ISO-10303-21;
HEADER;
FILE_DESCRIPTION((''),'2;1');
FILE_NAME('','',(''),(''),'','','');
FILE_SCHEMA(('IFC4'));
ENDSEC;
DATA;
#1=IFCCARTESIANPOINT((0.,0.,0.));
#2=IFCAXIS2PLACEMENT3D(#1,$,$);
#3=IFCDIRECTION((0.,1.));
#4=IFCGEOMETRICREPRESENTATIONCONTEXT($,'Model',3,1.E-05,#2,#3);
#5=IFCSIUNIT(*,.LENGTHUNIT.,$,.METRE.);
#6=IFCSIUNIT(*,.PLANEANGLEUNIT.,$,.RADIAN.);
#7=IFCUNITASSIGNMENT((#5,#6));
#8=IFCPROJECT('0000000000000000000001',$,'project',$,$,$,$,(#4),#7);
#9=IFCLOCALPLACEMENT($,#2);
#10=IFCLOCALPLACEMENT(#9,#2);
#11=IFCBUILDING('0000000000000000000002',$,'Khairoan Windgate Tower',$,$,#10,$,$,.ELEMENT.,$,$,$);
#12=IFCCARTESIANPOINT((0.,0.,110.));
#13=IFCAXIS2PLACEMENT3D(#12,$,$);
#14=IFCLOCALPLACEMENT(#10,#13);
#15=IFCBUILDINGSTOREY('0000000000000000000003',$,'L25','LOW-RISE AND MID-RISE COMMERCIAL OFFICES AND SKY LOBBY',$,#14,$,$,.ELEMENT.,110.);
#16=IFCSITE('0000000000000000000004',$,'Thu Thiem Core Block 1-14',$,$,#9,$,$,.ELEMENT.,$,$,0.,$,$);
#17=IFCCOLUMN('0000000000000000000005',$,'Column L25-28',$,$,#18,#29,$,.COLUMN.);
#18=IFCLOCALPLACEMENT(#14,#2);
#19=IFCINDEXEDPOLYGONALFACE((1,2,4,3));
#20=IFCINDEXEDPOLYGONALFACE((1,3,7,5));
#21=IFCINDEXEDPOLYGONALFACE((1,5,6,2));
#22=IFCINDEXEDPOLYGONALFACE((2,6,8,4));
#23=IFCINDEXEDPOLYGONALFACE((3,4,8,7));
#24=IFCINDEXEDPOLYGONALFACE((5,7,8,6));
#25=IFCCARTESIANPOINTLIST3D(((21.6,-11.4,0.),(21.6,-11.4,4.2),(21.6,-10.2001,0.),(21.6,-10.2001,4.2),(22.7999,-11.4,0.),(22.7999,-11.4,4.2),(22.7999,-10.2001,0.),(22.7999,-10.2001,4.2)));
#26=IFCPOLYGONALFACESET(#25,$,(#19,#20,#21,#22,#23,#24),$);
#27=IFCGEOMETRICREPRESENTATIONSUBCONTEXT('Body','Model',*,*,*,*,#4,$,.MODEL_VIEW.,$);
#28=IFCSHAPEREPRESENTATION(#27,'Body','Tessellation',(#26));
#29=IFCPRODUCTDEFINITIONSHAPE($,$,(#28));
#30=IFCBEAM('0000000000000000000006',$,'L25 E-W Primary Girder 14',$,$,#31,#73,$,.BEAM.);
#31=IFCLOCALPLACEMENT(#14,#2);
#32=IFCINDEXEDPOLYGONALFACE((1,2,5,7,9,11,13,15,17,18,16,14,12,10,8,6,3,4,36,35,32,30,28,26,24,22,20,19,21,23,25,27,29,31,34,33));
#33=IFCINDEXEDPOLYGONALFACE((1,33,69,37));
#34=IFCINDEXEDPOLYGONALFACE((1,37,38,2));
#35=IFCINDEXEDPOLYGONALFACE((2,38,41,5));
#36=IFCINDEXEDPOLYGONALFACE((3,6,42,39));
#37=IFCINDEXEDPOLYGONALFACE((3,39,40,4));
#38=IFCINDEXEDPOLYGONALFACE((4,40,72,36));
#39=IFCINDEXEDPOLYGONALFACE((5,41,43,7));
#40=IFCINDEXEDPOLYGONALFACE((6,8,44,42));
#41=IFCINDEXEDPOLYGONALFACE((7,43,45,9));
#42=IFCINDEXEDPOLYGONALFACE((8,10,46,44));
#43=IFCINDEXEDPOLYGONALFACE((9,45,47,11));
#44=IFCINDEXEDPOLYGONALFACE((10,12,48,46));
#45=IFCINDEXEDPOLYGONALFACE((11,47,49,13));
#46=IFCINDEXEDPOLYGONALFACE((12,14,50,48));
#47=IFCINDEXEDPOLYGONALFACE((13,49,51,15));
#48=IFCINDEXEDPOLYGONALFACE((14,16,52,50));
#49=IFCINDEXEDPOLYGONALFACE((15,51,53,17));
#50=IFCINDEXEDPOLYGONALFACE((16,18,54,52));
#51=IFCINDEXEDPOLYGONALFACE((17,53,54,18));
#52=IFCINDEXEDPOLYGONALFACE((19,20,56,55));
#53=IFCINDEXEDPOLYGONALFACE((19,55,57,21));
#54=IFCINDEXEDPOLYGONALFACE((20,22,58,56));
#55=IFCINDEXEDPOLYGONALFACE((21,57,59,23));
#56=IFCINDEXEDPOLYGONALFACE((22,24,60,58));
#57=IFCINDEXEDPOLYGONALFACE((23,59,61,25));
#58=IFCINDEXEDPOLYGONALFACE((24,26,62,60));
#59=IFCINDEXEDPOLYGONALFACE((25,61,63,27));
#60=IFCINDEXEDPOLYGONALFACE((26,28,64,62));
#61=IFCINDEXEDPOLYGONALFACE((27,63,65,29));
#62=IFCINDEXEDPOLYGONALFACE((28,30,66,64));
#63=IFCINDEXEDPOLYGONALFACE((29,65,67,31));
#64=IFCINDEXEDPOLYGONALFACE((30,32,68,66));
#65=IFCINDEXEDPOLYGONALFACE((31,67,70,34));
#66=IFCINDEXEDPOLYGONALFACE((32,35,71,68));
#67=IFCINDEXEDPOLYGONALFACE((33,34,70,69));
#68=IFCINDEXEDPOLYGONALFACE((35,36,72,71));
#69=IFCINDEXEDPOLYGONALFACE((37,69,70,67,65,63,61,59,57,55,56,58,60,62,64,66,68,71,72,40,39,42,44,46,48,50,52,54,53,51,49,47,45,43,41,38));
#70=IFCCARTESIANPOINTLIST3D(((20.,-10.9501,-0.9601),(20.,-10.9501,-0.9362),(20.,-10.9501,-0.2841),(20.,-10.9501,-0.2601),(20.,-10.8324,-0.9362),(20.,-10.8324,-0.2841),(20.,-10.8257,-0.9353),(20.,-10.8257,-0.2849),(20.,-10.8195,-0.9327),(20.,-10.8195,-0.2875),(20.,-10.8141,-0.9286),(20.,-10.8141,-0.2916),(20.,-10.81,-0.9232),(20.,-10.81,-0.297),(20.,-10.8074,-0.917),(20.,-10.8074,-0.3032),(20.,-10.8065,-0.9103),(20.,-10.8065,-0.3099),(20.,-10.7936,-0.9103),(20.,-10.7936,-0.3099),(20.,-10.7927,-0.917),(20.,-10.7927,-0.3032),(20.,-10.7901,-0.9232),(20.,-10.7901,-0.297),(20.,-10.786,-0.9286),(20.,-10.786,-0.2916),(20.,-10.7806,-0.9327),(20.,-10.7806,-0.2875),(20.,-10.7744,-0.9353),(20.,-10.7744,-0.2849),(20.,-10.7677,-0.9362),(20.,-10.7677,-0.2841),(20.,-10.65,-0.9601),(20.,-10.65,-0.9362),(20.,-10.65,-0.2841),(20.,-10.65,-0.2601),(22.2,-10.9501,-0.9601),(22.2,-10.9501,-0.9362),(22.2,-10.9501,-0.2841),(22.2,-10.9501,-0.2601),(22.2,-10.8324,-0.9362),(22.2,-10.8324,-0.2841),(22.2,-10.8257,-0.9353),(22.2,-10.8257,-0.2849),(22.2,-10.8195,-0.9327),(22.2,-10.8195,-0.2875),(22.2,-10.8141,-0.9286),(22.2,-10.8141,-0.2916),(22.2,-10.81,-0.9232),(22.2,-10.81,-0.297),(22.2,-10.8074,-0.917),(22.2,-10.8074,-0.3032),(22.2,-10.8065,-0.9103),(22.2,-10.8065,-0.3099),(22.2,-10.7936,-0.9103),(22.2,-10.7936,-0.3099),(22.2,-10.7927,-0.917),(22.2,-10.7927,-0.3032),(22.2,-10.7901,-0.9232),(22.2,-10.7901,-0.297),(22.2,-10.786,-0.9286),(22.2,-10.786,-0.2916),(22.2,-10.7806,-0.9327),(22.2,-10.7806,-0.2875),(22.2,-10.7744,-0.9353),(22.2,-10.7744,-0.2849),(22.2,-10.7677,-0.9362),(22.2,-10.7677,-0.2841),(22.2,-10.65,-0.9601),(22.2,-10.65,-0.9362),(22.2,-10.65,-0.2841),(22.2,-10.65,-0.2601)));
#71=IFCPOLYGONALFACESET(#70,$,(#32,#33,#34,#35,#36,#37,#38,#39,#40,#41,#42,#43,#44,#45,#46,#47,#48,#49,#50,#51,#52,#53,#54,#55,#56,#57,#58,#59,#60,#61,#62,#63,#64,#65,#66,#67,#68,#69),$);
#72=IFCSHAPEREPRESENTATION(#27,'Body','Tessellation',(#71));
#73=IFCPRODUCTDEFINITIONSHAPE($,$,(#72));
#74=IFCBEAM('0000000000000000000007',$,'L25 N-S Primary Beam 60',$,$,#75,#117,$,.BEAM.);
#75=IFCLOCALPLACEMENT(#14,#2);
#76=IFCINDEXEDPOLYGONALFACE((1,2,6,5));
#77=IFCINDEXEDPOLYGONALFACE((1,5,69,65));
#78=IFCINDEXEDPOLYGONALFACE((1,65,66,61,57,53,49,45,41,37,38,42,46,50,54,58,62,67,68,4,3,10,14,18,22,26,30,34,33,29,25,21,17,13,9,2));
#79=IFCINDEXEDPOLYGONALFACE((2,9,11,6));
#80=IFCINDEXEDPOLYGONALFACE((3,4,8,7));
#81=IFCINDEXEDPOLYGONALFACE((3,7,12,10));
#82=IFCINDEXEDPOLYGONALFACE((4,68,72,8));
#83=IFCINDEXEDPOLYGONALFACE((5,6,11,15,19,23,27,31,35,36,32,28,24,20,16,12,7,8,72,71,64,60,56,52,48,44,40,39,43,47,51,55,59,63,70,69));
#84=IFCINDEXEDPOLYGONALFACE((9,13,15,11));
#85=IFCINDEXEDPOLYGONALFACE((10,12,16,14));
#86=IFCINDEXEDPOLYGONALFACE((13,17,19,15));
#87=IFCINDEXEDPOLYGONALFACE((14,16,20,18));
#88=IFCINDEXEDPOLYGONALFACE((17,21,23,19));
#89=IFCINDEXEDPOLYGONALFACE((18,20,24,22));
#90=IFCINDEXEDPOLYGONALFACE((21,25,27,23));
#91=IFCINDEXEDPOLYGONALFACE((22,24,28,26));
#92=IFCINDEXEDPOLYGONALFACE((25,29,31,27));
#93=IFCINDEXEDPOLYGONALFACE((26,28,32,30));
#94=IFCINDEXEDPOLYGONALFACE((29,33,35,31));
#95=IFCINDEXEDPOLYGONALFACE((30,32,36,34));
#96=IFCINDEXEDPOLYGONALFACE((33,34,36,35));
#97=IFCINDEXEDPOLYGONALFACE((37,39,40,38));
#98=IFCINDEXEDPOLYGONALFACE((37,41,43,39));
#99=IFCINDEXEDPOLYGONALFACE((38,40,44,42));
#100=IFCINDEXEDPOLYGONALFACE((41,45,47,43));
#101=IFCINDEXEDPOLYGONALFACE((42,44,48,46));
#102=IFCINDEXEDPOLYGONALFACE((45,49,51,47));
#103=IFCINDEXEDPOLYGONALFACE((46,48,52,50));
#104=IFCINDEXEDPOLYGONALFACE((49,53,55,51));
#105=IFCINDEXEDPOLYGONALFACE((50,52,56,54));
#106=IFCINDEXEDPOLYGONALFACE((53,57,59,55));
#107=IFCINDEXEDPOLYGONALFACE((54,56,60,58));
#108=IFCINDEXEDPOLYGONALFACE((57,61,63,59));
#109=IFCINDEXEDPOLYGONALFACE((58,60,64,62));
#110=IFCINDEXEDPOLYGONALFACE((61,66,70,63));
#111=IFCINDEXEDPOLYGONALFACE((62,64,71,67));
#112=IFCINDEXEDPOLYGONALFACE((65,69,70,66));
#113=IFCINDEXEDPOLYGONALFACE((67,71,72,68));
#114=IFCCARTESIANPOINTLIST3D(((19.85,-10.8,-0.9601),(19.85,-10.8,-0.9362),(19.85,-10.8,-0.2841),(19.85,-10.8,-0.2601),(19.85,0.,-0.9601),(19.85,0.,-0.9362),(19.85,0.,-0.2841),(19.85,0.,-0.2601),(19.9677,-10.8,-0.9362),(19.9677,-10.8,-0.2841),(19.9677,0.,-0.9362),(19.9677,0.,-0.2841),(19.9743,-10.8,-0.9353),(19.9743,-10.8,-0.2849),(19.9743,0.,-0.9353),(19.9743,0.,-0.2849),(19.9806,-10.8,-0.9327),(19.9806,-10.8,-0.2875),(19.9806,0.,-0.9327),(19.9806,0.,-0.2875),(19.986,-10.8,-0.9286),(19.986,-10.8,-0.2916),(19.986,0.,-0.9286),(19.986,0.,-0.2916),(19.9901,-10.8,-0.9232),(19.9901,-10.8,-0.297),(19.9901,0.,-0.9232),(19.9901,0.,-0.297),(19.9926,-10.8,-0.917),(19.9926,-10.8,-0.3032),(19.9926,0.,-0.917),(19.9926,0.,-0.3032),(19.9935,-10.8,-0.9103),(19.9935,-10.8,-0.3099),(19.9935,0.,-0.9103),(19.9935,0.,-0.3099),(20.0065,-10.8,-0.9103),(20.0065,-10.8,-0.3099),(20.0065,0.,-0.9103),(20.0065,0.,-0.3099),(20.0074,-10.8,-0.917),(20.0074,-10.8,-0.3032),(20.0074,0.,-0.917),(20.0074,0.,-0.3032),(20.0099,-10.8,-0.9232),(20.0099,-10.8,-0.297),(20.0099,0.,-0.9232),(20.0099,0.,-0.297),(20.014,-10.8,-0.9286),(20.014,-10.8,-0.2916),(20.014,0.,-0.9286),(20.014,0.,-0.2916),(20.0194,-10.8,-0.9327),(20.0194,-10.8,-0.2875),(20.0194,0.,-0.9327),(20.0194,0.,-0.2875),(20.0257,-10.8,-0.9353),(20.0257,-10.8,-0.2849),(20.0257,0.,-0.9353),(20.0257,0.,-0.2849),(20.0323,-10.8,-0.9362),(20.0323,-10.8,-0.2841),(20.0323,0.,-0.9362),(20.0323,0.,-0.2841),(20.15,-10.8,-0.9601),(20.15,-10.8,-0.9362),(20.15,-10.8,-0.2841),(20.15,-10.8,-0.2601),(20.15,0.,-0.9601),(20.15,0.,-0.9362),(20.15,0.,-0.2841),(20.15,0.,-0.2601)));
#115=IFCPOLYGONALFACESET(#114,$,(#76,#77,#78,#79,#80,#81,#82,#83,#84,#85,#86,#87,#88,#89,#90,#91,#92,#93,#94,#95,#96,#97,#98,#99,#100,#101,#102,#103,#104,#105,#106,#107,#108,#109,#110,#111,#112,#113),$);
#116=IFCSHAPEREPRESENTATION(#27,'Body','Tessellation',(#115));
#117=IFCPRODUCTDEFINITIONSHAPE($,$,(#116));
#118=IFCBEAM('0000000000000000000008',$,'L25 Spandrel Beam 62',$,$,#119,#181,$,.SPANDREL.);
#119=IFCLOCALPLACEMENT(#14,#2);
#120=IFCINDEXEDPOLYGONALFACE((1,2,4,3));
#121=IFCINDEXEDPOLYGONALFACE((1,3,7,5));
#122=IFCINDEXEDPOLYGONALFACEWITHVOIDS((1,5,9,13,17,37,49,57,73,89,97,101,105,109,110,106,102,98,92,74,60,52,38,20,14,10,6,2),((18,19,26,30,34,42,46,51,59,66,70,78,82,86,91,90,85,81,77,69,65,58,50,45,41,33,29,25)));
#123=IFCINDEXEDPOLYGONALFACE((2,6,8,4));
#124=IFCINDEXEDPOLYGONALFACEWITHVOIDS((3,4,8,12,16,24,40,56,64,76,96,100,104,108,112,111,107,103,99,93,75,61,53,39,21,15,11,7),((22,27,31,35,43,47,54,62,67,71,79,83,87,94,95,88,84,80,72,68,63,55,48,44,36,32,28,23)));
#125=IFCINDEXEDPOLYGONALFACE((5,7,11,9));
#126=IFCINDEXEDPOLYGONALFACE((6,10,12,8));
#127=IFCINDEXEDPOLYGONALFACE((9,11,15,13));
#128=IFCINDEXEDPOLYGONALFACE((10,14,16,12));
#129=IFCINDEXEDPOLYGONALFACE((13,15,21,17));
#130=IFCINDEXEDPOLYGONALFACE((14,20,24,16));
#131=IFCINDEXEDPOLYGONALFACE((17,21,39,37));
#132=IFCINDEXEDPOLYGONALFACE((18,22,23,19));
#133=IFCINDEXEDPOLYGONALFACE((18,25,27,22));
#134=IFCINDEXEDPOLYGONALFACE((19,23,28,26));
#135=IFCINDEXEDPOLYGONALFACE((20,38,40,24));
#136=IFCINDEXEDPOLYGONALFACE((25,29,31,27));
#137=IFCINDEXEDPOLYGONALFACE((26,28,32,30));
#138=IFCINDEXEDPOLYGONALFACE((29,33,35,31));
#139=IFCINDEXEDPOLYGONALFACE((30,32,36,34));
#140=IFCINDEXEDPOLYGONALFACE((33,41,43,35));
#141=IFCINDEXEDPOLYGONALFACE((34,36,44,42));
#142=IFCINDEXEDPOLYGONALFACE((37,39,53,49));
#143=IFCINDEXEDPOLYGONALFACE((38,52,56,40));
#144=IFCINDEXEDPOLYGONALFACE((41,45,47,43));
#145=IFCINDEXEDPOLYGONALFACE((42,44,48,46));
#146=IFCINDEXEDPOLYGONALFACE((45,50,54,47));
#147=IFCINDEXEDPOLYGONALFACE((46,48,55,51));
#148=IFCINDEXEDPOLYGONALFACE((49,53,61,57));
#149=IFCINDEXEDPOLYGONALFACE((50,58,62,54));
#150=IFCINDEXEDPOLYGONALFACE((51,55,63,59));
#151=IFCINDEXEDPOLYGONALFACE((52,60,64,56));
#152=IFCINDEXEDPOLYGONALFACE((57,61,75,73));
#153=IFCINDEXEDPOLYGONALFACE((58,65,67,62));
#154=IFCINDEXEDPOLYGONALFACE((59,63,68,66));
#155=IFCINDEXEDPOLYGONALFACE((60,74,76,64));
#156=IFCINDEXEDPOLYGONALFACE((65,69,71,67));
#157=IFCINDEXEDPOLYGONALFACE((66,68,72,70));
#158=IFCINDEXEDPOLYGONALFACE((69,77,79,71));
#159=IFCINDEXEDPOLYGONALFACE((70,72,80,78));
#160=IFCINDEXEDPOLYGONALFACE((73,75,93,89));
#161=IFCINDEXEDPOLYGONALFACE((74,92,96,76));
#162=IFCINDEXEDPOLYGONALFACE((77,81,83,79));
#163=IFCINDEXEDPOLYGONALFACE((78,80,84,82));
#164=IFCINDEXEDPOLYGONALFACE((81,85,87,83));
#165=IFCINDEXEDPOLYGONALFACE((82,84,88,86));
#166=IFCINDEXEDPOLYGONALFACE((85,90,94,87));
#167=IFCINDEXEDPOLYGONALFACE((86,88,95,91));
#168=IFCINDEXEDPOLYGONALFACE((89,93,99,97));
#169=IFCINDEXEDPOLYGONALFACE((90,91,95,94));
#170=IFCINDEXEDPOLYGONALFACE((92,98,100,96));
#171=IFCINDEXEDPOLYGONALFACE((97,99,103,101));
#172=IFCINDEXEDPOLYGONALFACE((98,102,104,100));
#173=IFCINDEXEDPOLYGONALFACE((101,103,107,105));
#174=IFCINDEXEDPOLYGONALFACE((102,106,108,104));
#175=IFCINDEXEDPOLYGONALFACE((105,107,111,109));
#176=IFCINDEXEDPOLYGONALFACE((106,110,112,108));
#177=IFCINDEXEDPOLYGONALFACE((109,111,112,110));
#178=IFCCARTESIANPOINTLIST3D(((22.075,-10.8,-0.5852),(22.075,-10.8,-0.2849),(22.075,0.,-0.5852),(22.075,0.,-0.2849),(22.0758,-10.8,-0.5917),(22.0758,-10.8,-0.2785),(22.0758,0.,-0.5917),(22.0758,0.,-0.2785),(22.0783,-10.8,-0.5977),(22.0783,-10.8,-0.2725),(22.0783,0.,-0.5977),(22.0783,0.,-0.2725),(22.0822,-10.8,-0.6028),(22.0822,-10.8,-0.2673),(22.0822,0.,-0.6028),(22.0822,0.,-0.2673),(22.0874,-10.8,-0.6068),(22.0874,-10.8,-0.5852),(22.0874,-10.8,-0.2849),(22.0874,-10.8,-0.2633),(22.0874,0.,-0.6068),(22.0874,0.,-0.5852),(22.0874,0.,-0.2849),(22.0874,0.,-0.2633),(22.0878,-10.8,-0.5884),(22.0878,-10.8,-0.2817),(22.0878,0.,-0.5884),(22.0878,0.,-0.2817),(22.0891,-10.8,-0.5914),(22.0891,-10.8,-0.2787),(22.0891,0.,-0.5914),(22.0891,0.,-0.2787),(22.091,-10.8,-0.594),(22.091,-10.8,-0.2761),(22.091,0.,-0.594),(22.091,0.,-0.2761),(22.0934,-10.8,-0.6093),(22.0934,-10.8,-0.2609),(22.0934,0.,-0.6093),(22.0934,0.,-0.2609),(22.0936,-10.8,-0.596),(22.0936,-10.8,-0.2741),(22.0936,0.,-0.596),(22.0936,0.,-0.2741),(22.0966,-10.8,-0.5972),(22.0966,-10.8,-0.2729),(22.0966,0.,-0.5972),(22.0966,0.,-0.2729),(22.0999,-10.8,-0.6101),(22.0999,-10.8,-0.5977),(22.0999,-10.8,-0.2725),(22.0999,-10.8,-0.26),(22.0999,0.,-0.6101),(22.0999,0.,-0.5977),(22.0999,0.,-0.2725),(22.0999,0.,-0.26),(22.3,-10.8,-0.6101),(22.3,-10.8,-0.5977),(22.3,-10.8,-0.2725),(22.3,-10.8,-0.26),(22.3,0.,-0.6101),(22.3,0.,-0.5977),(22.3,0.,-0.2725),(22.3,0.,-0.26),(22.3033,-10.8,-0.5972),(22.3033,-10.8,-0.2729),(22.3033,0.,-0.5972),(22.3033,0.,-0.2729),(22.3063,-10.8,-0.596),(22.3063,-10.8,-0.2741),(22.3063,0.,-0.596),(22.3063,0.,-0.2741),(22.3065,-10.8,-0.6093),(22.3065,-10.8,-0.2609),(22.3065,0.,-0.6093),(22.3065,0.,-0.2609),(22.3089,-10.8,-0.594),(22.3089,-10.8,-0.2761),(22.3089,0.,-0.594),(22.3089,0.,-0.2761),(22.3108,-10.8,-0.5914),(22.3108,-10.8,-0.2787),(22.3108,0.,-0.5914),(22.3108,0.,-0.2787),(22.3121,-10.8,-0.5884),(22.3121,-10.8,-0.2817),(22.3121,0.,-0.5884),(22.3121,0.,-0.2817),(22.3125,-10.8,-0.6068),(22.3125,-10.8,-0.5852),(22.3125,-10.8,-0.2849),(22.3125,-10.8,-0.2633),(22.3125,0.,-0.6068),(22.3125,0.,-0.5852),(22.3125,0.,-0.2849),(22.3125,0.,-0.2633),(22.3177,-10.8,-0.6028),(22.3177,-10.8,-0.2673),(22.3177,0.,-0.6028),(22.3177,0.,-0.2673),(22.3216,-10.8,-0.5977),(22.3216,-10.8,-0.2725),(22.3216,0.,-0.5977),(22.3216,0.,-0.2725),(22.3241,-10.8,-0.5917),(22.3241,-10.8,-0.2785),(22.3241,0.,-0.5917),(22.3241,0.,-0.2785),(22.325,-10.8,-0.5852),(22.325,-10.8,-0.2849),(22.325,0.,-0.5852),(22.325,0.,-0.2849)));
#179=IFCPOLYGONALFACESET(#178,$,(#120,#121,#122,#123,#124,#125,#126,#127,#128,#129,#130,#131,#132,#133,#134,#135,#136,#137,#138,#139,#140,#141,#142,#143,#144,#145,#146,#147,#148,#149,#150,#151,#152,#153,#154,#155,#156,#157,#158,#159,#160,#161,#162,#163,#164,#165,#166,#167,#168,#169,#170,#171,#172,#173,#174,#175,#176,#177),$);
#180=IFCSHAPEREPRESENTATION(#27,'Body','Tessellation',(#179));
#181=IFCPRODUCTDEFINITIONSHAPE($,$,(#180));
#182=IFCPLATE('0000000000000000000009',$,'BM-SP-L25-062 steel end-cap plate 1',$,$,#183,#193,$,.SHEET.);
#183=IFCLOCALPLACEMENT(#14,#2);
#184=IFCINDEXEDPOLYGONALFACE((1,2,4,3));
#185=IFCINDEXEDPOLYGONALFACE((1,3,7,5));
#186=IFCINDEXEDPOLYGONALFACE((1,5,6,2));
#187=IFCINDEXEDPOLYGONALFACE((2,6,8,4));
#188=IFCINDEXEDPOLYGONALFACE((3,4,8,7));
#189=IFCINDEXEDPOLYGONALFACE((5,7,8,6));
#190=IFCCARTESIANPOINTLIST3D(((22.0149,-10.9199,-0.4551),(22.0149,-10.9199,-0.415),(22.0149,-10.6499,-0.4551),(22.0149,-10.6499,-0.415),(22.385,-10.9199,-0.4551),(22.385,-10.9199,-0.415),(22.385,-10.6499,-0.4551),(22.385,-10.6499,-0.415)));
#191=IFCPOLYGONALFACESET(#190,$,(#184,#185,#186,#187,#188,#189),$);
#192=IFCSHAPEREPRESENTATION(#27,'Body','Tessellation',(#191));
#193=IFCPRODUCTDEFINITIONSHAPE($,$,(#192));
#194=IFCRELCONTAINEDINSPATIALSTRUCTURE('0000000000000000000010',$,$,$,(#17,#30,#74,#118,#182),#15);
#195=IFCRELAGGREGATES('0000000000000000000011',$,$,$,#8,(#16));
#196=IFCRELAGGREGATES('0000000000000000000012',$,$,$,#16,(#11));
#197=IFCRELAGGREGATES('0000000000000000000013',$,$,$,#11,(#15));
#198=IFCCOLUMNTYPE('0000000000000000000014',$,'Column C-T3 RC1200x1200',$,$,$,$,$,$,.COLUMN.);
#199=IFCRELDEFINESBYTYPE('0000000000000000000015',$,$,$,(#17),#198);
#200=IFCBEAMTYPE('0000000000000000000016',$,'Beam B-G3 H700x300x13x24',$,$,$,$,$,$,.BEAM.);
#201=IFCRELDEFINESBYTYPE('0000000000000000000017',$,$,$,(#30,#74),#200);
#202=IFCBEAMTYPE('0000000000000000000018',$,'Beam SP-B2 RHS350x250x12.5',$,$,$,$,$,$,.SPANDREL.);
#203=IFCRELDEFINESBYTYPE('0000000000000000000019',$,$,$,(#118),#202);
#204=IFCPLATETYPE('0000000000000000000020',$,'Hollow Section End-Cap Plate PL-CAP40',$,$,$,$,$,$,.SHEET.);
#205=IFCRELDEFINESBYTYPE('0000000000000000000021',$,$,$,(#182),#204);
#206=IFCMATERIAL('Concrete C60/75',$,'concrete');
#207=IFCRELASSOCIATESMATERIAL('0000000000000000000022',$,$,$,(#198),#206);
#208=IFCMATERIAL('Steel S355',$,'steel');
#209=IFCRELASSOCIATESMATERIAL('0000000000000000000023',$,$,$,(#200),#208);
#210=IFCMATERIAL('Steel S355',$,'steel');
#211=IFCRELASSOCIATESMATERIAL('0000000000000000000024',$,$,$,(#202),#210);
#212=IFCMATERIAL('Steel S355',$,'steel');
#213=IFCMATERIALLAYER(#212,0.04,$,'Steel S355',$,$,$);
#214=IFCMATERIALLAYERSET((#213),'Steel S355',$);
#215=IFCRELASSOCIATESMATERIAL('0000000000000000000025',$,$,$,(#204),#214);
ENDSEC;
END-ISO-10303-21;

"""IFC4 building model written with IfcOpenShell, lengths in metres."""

from ifc_helpers import new_model, si_unit, direction, frame, origin, origin_2d, place, context, subcontext, project, spatial, rectangle, hollow_rectangle, i_section, extrude, material, layer, layer_set, material_profile, profile_set, type_object, element, save


model = new_model("IFC4")

# Units and contexts
model_context = context("Model", 3, precision=1e-05, world=origin(), true_north=direction((0.0, 1.0)))
body_context = subcontext(model_context, "Body", "Model", "MODEL_VIEW")
ifc_project = project(units=[si_unit("LENGTHUNIT", "METRE"), si_unit("PLANEANGLEUNIT", "RADIAN")], contexts=[model_context])

# Site, building, storey
site_placement = place(None, origin())
site = spatial("IfcSite", under=ifc_project, at=site_placement, Name="Thu Thiem Core Block 1-14", CompositionType="ELEMENT", RefElevation=0.0)
building_placement = place(site_placement, origin())
building = spatial("IfcBuilding", under=site, at=building_placement, Name="Khairoan Windgate Tower", CompositionType="ELEMENT")
storey_placement = place(building_placement, frame((0.0, 0.0, 110.0)))
storey = spatial("IfcBuildingStorey", under=building, at=storey_placement, Name="L25", Description="LOW-RISE AND MID-RISE COMMERCIAL OFFICES AND SKY LOBBY", CompositionType="ELEMENT", Elevation=110.0)

# Column
ifc_material_1 = material(Name="Concrete C60/75", Category="concrete")
ifc_material_profile_1 = material_profile(ifc_material_1, rectangle(XDim=1.2, YDim=1.2, at=origin_2d()))
ifc_profile_set_1 = profile_set([ifc_material_profile_1], Name="Concrete C60/75")
column_type = type_object("IfcColumnType", Name="Column C-T3 RC1200x1200", PredefinedType="COLUMN", material=ifc_profile_set_1)
column_placement = place(storey_placement, frame((22.2, -10.8, 0.0), z_axis=(0.0, 0.0, 1.0), x_axis=(1.0, 0.0, 0.0)))
element("IfcColumn", 1, at=column_placement, inside=storey, type_object=column_type, Name="Column L25-28", PredefinedType="COLUMN", context=body_context, shape_type="SweptSolid", body=[
    extrude(rectangle(XDim=1.2, YDim=1.2, at=origin_2d()), origin(), (0.0, 0.0, 1.0), 4.2),
])

# Beams
ifc_material_2 = material(Name="Steel S355", Category="steel")
ifc_material_profile_2 = material_profile(ifc_material_2, i_section(OverallWidth=0.3, OverallDepth=0.7, WebThickness=0.0129, FlangeThickness=0.0239, FilletRadius=0.0259, at=origin_2d()))
ifc_profile_set_2 = profile_set([ifc_material_profile_2], Name="Steel S355")
beam_type_1 = type_object("IfcBeamType", Name="Beam B-G3 H700x300x13x24", PredefinedType="BEAM", material=ifc_profile_set_2)
beam_1_placement = place(storey_placement, frame((20.0, -10.8, -0.6101), z_axis=(1.0, 0.0, 0.0), x_axis=(0.0, 1.0, 0.0)))
element("IfcBeam", 2, at=beam_1_placement, inside=storey, type_object=beam_type_1, Name="L25 E-W Primary Girder 14", PredefinedType="BEAM", context=body_context, shape_type="SweptSolid", body=[
    extrude(i_section(OverallWidth=0.3, OverallDepth=0.7, WebThickness=0.0129, FlangeThickness=0.0239, FilletRadius=0.0259, at=origin_2d()), origin(), (0.0, 0.0, 1.0), 2.2),
])
beam_2_placement = place(storey_placement, frame((20.0, -10.8, -0.6101), z_axis=(0.0, 1.0, 0.0), x_axis=(-1.0, 0.0, 0.0)))
element("IfcBeam", 3, at=beam_2_placement, inside=storey, type_object=beam_type_1, Name="L25 N-S Primary Beam 60", PredefinedType="BEAM", context=body_context, shape_type="SweptSolid", body=[
    extrude(i_section(OverallWidth=0.3, OverallDepth=0.7, WebThickness=0.0129, FlangeThickness=0.0239, FilletRadius=0.0259, at=origin_2d()), origin(), (0.0, 0.0, 1.0), 10.8),
])
ifc_material_3 = material(Name="Steel S355", Category="steel")
ifc_material_profile_3 = material_profile(ifc_material_3, hollow_rectangle(XDim=0.25, YDim=0.3501, WallThickness=0.0125, InnerFilletRadius=0.0125, OuterFilletRadius=0.0249, at=origin_2d()))
ifc_profile_set_3 = profile_set([ifc_material_profile_3], Name="Steel S355")
beam_type_2 = type_object("IfcBeamType", Name="Beam SP-B2 RHS350x250x12.5", PredefinedType="SPANDREL", material=ifc_profile_set_3)
beam_3_placement = place(storey_placement, frame((22.2, -10.8, -0.4351), z_axis=(0.0, 1.0, 0.0), x_axis=(-1.0, 0.0, 0.0)))
element("IfcBeam", 4, at=beam_3_placement, inside=storey, type_object=beam_type_2, Name="L25 Spandrel Beam 62", PredefinedType="SPANDREL", context=body_context, shape_type="SweptSolid", body=[
    extrude(hollow_rectangle(XDim=0.25, YDim=0.3501, WallThickness=0.0125, InnerFilletRadius=0.0125, OuterFilletRadius=0.0249, at=origin_2d()), origin(), (0.0, 0.0, 1.0), 10.8),
])

# Plate
ifc_material_4 = material(Name="Steel S355", Category="steel")
ifc_layer_1 = layer(ifc_material_4, 0.04, Name="Steel S355")
ifc_layer_set_1 = layer_set([ifc_layer_1], Name="Steel S355")
plate_type = type_object("IfcPlateType", Name="Hollow Section End-Cap Plate PL-CAP40", PredefinedType="SHEET", material=ifc_layer_set_1)
plate_placement = place(storey_placement, frame((22.2, -10.7849, -0.4551), z_axis=(0.0, 0.0, 1.0), x_axis=(0.0, 1.0, 0.0)))
element("IfcPlate", 5, at=plate_placement, inside=storey, type_object=plate_type, Name="BM-SP-L25-062 steel end-cap plate 1", PredefinedType="SHEET", context=body_context, shape_type="SweptSolid", body=[
    extrude(rectangle(XDim=0.27, YDim=0.3701, at=origin_2d()), origin(), (0.0, 0.0, 1.0), 0.04),
])

save(model, "model.ifc")
